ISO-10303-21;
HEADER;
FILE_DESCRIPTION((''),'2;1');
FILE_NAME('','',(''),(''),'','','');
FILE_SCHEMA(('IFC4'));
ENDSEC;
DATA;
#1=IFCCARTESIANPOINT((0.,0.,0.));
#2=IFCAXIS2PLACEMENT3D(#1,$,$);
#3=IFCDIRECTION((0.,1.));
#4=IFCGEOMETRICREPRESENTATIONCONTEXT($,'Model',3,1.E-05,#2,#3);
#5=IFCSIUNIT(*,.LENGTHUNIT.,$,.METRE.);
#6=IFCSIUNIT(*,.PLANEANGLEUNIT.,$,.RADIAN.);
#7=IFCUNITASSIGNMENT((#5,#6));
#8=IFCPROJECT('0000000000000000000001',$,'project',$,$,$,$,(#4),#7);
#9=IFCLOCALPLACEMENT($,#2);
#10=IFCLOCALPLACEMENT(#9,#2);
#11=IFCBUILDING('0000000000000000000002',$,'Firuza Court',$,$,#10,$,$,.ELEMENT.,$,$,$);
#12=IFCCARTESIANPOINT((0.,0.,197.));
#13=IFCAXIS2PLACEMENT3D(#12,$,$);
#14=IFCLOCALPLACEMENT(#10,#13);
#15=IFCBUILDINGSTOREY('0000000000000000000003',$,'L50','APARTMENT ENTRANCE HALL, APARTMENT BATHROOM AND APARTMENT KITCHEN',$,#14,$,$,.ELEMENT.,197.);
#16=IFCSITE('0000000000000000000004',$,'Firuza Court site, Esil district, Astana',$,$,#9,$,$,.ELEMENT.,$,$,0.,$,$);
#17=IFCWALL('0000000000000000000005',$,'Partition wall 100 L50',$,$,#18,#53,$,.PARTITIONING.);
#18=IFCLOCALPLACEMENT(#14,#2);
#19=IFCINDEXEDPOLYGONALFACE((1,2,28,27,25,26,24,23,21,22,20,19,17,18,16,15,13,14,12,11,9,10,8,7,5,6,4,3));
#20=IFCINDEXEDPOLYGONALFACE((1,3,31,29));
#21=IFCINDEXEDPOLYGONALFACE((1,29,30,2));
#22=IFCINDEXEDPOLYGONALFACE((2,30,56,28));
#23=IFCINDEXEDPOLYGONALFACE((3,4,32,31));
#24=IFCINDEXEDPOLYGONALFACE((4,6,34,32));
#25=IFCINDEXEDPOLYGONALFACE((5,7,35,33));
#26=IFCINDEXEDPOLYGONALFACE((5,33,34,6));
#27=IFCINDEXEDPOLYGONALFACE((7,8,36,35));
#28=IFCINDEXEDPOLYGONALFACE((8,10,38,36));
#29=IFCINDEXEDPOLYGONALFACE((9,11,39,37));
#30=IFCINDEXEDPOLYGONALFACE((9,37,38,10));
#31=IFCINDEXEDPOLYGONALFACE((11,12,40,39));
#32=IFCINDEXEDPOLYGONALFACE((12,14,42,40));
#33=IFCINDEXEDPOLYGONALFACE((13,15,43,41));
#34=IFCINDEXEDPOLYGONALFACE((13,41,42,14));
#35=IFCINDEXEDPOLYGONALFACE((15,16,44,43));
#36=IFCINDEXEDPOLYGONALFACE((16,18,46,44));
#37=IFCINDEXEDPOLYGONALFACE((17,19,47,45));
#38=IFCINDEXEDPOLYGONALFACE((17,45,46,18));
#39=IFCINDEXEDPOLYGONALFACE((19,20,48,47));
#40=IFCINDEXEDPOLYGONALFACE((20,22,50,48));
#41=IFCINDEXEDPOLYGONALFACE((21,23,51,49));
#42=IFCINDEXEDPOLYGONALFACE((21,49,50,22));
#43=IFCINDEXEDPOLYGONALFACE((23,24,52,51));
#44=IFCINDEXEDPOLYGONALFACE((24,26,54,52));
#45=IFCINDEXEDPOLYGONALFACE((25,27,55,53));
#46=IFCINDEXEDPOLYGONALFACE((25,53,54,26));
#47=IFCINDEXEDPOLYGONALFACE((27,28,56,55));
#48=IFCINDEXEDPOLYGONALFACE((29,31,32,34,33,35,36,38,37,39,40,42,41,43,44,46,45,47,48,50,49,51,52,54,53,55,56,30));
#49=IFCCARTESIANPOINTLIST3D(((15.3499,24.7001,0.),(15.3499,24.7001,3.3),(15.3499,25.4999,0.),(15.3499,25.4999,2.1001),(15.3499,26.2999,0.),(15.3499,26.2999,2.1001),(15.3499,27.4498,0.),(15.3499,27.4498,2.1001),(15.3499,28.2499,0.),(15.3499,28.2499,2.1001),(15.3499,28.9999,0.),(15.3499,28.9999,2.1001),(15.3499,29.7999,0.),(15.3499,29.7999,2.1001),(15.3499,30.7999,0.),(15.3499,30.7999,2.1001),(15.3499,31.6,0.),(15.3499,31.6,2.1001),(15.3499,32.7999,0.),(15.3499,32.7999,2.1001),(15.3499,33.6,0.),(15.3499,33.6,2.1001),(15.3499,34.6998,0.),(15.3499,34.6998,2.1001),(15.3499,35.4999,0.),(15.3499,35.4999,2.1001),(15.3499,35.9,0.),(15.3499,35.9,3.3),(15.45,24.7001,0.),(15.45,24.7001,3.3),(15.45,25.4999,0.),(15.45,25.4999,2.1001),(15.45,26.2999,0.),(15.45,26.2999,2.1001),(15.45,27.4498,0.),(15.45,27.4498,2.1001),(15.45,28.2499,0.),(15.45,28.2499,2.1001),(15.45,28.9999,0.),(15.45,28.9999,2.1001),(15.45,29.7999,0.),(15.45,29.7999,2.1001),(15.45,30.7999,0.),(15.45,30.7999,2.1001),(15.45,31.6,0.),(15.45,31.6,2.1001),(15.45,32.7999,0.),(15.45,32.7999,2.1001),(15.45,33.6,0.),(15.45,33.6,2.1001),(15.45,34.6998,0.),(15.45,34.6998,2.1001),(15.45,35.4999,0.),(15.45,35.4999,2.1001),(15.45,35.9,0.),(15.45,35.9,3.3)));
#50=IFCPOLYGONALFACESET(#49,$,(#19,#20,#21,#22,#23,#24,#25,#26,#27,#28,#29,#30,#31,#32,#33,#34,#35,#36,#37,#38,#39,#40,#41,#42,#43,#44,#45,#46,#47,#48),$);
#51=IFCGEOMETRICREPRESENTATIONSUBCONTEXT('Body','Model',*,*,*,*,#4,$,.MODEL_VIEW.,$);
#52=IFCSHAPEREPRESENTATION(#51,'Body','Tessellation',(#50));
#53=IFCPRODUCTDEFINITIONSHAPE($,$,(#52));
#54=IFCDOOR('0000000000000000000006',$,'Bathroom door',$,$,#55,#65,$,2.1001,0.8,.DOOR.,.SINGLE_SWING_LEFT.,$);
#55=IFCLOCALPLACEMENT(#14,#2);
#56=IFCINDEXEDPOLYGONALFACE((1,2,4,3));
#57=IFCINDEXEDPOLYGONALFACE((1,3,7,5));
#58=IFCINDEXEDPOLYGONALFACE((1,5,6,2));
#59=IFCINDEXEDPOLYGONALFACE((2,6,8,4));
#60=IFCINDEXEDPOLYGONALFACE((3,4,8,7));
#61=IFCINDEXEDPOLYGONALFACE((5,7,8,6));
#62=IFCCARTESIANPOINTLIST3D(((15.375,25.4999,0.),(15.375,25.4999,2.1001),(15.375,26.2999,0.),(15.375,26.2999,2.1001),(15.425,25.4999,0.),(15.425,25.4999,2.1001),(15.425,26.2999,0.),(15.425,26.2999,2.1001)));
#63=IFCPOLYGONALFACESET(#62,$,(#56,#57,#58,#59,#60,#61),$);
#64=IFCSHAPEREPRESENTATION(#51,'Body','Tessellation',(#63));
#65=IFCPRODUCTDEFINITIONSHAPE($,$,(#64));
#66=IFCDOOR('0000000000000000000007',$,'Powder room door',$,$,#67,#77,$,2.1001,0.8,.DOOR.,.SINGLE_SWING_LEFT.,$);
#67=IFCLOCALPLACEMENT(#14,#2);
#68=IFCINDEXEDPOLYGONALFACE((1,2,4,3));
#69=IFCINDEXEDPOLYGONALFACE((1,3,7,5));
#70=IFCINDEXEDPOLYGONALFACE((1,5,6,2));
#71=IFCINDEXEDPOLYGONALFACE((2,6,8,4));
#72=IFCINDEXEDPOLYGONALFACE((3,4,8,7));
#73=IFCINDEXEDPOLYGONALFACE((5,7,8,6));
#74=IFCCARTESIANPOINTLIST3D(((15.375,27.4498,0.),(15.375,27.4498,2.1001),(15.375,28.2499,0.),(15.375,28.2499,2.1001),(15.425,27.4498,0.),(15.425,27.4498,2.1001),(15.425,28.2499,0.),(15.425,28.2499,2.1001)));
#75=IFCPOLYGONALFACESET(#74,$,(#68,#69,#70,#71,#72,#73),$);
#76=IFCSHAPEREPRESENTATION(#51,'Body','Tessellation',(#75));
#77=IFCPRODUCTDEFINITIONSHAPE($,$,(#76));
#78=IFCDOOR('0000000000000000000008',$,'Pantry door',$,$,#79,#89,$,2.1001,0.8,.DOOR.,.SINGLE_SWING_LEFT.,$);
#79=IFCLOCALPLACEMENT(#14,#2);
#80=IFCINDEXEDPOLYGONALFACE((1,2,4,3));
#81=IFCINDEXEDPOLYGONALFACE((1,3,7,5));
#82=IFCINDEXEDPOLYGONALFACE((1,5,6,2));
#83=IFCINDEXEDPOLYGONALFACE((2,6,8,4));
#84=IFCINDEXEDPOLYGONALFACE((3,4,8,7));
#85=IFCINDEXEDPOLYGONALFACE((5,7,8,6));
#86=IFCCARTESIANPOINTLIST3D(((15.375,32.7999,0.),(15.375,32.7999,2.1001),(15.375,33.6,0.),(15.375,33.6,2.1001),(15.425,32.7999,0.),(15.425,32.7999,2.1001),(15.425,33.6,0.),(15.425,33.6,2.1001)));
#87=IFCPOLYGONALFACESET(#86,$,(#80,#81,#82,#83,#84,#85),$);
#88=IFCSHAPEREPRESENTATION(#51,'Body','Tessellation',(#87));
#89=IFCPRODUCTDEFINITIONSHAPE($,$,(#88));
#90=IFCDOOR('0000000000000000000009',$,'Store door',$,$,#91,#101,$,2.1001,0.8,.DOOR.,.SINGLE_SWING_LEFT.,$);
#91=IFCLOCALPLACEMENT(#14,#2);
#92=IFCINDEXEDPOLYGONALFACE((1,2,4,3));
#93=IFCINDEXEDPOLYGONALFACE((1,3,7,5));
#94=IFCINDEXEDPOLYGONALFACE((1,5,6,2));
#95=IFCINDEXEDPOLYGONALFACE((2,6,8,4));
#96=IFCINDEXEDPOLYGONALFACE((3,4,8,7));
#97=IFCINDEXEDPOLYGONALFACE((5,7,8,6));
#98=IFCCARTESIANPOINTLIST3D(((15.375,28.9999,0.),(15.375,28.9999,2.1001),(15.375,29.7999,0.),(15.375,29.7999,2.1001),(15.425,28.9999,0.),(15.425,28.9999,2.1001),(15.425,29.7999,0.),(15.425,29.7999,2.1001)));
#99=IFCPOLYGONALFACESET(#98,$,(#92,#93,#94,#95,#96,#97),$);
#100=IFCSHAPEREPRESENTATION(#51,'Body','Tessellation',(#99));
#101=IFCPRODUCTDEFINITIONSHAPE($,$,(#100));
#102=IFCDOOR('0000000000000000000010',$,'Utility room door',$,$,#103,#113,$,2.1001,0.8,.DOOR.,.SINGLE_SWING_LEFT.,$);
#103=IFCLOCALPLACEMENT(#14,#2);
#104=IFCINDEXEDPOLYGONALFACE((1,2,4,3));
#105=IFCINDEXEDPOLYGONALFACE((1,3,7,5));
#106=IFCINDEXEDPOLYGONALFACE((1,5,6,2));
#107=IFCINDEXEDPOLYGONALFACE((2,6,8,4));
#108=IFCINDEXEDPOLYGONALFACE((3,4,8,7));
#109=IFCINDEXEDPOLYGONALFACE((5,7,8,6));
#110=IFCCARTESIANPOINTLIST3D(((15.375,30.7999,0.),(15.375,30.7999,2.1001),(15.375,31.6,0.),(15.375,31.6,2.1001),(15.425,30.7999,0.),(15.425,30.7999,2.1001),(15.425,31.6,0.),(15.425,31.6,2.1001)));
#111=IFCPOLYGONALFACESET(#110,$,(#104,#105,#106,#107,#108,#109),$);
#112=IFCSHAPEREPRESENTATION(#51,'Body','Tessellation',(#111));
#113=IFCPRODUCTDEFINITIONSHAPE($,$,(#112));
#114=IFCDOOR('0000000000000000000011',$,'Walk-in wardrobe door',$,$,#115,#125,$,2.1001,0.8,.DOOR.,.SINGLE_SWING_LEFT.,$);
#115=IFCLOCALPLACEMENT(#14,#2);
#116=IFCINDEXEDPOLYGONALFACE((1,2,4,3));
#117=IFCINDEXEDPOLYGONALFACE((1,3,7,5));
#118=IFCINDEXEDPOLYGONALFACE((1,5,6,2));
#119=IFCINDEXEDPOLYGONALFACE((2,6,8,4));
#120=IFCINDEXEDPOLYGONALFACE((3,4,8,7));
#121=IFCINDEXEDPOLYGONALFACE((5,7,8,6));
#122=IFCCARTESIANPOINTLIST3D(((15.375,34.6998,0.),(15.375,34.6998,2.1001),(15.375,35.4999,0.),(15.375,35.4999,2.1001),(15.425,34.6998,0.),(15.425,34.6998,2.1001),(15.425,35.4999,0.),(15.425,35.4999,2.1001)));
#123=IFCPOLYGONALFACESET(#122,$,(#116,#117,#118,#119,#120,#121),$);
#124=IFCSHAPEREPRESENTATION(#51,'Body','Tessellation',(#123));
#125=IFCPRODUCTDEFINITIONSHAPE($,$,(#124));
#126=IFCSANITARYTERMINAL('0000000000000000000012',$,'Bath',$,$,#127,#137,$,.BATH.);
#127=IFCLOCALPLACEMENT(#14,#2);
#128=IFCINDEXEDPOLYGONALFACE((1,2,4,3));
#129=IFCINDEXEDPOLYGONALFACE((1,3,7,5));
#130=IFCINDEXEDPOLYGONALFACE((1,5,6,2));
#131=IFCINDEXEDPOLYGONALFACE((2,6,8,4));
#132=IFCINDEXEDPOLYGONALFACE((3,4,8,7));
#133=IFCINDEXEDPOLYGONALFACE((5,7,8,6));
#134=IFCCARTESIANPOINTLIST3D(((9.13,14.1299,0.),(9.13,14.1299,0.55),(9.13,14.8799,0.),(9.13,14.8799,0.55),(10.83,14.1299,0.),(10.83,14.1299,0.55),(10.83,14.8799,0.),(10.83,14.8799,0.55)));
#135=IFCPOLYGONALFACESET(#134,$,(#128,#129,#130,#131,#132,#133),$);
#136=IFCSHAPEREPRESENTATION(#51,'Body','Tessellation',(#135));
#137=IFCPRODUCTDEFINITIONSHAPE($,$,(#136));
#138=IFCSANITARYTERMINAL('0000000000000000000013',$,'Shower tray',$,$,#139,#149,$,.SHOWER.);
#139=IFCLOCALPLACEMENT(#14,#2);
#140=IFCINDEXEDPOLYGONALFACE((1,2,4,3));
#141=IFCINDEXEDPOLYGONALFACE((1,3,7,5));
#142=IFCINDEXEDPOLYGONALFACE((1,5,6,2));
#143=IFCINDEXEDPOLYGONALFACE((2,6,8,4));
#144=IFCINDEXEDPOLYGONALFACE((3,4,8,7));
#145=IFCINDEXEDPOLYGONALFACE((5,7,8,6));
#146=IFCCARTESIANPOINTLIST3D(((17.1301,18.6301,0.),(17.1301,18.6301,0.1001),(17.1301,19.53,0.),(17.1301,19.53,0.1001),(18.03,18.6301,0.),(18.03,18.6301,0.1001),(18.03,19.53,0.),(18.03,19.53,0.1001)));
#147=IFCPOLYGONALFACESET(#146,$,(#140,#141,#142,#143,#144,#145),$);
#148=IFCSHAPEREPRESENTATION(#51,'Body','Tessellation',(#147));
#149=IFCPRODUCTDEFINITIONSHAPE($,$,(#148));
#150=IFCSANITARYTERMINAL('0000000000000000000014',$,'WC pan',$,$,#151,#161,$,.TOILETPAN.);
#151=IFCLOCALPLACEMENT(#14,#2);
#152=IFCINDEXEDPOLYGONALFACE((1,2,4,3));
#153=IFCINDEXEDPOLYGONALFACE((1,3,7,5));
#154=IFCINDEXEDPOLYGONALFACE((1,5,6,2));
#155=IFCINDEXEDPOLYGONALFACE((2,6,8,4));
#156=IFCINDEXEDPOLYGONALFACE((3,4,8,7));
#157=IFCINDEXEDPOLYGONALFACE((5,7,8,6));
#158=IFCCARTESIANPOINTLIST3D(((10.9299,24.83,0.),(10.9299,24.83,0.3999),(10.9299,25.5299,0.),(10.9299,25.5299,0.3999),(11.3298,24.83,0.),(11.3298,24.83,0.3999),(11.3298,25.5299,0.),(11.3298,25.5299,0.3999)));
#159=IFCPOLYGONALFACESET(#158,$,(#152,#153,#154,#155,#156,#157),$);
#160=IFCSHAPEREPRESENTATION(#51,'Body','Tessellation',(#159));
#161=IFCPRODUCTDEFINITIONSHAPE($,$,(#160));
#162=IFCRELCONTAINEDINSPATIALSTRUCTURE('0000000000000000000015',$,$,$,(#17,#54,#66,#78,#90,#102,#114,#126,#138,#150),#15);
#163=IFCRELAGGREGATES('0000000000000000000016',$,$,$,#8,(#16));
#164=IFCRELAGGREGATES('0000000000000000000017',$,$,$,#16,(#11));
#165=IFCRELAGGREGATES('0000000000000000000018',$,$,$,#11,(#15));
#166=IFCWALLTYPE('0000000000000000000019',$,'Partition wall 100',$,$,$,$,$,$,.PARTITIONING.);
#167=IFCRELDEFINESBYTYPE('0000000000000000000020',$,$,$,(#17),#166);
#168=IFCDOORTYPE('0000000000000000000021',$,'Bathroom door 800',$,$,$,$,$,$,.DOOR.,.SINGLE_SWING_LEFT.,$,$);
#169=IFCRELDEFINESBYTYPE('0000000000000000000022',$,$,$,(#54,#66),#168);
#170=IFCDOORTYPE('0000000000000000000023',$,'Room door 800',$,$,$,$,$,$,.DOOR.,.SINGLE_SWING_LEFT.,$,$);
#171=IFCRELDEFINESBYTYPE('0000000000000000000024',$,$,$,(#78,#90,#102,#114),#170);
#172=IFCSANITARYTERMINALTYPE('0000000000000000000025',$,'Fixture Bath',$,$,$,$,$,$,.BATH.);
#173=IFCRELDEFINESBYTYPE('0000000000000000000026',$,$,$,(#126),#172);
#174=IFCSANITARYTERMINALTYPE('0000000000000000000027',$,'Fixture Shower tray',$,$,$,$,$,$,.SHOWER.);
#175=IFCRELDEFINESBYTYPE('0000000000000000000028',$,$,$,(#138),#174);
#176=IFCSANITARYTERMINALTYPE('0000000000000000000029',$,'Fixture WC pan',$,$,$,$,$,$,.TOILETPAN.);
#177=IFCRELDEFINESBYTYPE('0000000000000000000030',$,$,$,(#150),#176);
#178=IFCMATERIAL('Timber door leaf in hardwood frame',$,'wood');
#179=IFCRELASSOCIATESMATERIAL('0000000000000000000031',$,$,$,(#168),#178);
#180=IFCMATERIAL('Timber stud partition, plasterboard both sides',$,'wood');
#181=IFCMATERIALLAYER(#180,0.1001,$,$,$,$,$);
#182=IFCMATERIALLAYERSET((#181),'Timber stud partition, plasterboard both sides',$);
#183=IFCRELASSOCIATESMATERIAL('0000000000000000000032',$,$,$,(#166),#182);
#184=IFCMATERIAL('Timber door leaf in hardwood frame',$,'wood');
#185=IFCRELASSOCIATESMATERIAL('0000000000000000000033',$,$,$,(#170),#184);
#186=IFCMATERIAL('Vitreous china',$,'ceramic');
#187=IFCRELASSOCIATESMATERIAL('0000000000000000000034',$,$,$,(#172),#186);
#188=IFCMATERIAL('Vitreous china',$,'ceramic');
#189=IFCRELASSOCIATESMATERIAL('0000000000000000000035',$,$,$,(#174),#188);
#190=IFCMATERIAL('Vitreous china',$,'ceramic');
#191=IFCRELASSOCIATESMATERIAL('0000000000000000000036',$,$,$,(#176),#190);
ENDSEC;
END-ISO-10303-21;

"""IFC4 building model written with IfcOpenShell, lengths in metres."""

from ifc_helpers import new_model, si_unit, direction, frame, frame_2d, origin, origin_2d, place, context, subcontext, project, spatial, rectangle, extrude, material, layer, layer_set, type_object, element, fill, save


model = new_model("IFC4")

# Units and contexts
model_context = context("Model", 3, precision=1e-05, world=origin(), true_north=direction((0.0, 1.0)))
body_context = subcontext(model_context, "Body", "Model", "MODEL_VIEW")
ifc_project = project(units=[si_unit("LENGTHUNIT", "METRE"), si_unit("PLANEANGLEUNIT", "RADIAN")], contexts=[model_context])

# Site, building, storey
site_placement = place(None, origin())
site = spatial("IfcSite", under=ifc_project, at=site_placement, Name="Firuza Court site, Esil district, Astana", CompositionType="ELEMENT", RefElevation=0.0)
building_placement = place(site_placement, origin())
building = spatial("IfcBuilding", under=site, at=building_placement, Name="Firuza Court", CompositionType="ELEMENT")
storey_placement = place(building_placement, frame((0.0, 0.0, 197.0)))
storey = spatial("IfcBuildingStorey", under=building, at=storey_placement, Name="L50", Description="APARTMENT ENTRANCE HALL, APARTMENT BATHROOM AND APARTMENT KITCHEN", CompositionType="ELEMENT", Elevation=197.0)

# Shared definitions
ifc_material_1 = material(Name="Timber door leaf in hardwood frame", Category="wood")
door_type_1 = type_object("IfcDoorType", Name="Bathroom door 800", OperationType="SINGLE_SWING_LEFT", PredefinedType="DOOR", material=ifc_material_1)
ifc_material_2 = material(Name="Timber stud partition, plasterboard both sides", Category="wood")
ifc_layer_1 = layer(ifc_material_2, 0.1001)
ifc_layer_set_1 = layer_set([ifc_layer_1], Name="Timber stud partition, plasterboard both sides")
wall_type_1 = type_object("IfcWallType", Name="Partition wall 100", PredefinedType="PARTITIONING", material=ifc_layer_set_1)

# Wall, openings, doors
wall_1_placement = place(storey_placement, frame((15.3999, 24.7, 0.0), z_axis=(0.0, 0.0, 1.0), x_axis=(0.0, 1.0, 0.0)))
wall_1 = element("IfcWall", 1, at=wall_1_placement, inside=storey, type_object=wall_type_1, Name="Partition wall 100 L50", PredefinedType="PARTITIONING", context=body_context, shape_type="SweptSolid", body=[
    extrude(rectangle(XDim=11.2, YDim=0.1001, at=frame_2d((5.6001, 0.0))), origin(), (0.0, 0.0, 1.0), 3.3),
])
opening_1_placement = place(wall_1_placement, frame((0.8, 0.0, 0.0)))
opening_1 = element("IfcOpeningElement", 2, at=opening_1_placement, cuts=wall_1, PredefinedType="OPENING", context=body_context, shape_type="SweptSolid", body=[
    extrude(rectangle(XDim=0.8, YDim=2.1001, at=frame_2d((0.3999, 1.05))), frame((0.0, 0.062, 0.0), z_axis=(0.0, -1.0, 0.0), x_axis=(1.0, 0.0, 0.0)), (0.0, 0.0, 1.0), 0.124),
])
opening_2_placement = place(wall_1_placement, frame((8.1001, 0.0, 0.0)))
opening_2 = element("IfcOpeningElement", 3, at=opening_2_placement, cuts=wall_1, PredefinedType="OPENING", context=body_context, shape_type="SweptSolid", body=[
    extrude(rectangle(XDim=0.8, YDim=2.1001, at=frame_2d((0.3999, 1.05))), frame((0.0, 0.062, 0.0), z_axis=(0.0, -1.0, 0.0), x_axis=(1.0, 0.0, 0.0)), (0.0, 0.0, 1.0), 0.124),
])
opening_3_placement = place(wall_1_placement, frame((4.3, 0.0, 0.0)))
opening_3 = element("IfcOpeningElement", 4, at=opening_3_placement, cuts=wall_1, PredefinedType="OPENING", context=body_context, shape_type="SweptSolid", body=[
    extrude(rectangle(XDim=0.8, YDim=2.1001, at=frame_2d((0.3999, 1.05))), frame((0.0, 0.062, 0.0), z_axis=(0.0, -1.0, 0.0), x_axis=(1.0, 0.0, 0.0)), (0.0, 0.0, 1.0), 0.124),
])
opening_4_placement = place(wall_1_placement, frame((6.1001, 0.0, 0.0)))
opening_4 = element("IfcOpeningElement", 5, at=opening_4_placement, cuts=wall_1, PredefinedType="OPENING", context=body_context, shape_type="SweptSolid", body=[
    extrude(rectangle(XDim=0.8, YDim=2.1001, at=frame_2d((0.3999, 1.05))), frame((0.0, 0.062, 0.0), z_axis=(0.0, -1.0, 0.0), x_axis=(1.0, 0.0, 0.0)), (0.0, 0.0, 1.0), 0.124),
])
opening_5_placement = place(wall_1_placement, frame((10.0, 0.0, 0.0)))
opening_5 = element("IfcOpeningElement", 6, at=opening_5_placement, cuts=wall_1, PredefinedType="OPENING", context=body_context, shape_type="SweptSolid", body=[
    extrude(rectangle(XDim=0.8, YDim=2.1001, at=frame_2d((0.3999, 1.05))), frame((0.0, 0.062, 0.0), z_axis=(0.0, -1.0, 0.0), x_axis=(1.0, 0.0, 0.0)), (0.0, 0.0, 1.0), 0.124),
])
opening_6_placement = place(wall_1_placement, frame((2.75, 0.0, 0.0)))
opening_6 = element("IfcOpeningElement", 7, at=opening_6_placement, cuts=wall_1, PredefinedType="OPENING", context=body_context, shape_type="SweptSolid", body=[
    extrude(rectangle(XDim=0.8, YDim=2.1001, at=frame_2d((0.3999, 1.05))), frame((0.0, 0.062, 0.0), z_axis=(0.0, -1.0, 0.0), x_axis=(1.0, 0.0, 0.0)), (0.0, 0.0, 1.0), 0.124),
])
door_1_placement = place(opening_1_placement, origin())
door_1 = element("IfcDoor", 8, at=door_1_placement, inside=storey, type_object=door_type_1, Name="Bathroom door", OperationType="SINGLE_SWING_LEFT", OverallHeight=2.1001, OverallWidth=0.8, PredefinedType="DOOR", context=body_context, shape_type="SweptSolid", body=[
    extrude(rectangle(XDim=0.8, YDim=2.1001, at=frame_2d((0.3999, 1.05))), frame((0.0, 0.0249, 0.0), z_axis=(0.0, -1.0, 0.0), x_axis=(1.0, 0.0, 0.0)), (0.0, 0.0, 1.0), 0.05),
])
fill(opening_1, door_1)
door_2_placement = place(opening_6_placement, origin())
door_2 = element("IfcDoor", 9, at=door_2_placement, inside=storey, type_object=door_type_1, Name="Powder room door", OperationType="SINGLE_SWING_LEFT", OverallHeight=2.1001, OverallWidth=0.8, PredefinedType="DOOR", context=body_context, shape_type="SweptSolid", body=[
    extrude(rectangle(XDim=0.8, YDim=2.1001, at=frame_2d((0.3999, 1.05))), frame((0.0, 0.0249, 0.0), z_axis=(0.0, -1.0, 0.0), x_axis=(1.0, 0.0, 0.0)), (0.0, 0.0, 1.0), 0.05),
])
fill(opening_6, door_2)
ifc_material_3 = material(Name="Timber door leaf in hardwood frame", Category="wood")
door_type_2 = type_object("IfcDoorType", Name="Room door 800", OperationType="SINGLE_SWING_LEFT", PredefinedType="DOOR", material=ifc_material_3)
door_3_placement = place(opening_2_placement, origin())
door_3 = element("IfcDoor", 10, at=door_3_placement, inside=storey, type_object=door_type_2, Name="Pantry door", OperationType="SINGLE_SWING_LEFT", OverallHeight=2.1001, OverallWidth=0.8, PredefinedType="DOOR", context=body_context, shape_type="SweptSolid", body=[
    extrude(rectangle(XDim=0.8, YDim=2.1001, at=frame_2d((0.3999, 1.05))), frame((0.0, 0.0249, 0.0), z_axis=(0.0, -1.0, 0.0), x_axis=(1.0, 0.0, 0.0)), (0.0, 0.0, 1.0), 0.05),
])
fill(opening_2, door_3)
door_4_placement = place(opening_3_placement, origin())
door_4 = element("IfcDoor", 11, at=door_4_placement, inside=storey, type_object=door_type_2, Name="Store door", OperationType="SINGLE_SWING_LEFT", OverallHeight=2.1001, OverallWidth=0.8, PredefinedType="DOOR", context=body_context, shape_type="SweptSolid", body=[
    extrude(rectangle(XDim=0.8, YDim=2.1001, at=frame_2d((0.3999, 1.05))), frame((0.0, 0.0249, 0.0), z_axis=(0.0, -1.0, 0.0), x_axis=(1.0, 0.0, 0.0)), (0.0, 0.0, 1.0), 0.05),
])
fill(opening_3, door_4)
door_5_placement = place(opening_4_placement, origin())
door_5 = element("IfcDoor", 12, at=door_5_placement, inside=storey, type_object=door_type_2, Name="Utility room door", OperationType="SINGLE_SWING_LEFT", OverallHeight=2.1001, OverallWidth=0.8, PredefinedType="DOOR", context=body_context, shape_type="SweptSolid", body=[
    extrude(rectangle(XDim=0.8, YDim=2.1001, at=frame_2d((0.3999, 1.05))), frame((0.0, 0.0249, 0.0), z_axis=(0.0, -1.0, 0.0), x_axis=(1.0, 0.0, 0.0)), (0.0, 0.0, 1.0), 0.05),
])
fill(opening_4, door_5)
door_6_placement = place(opening_5_placement, origin())
door_6 = element("IfcDoor", 13, at=door_6_placement, inside=storey, type_object=door_type_2, Name="Walk-in wardrobe door", OperationType="SINGLE_SWING_LEFT", OverallHeight=2.1001, OverallWidth=0.8, PredefinedType="DOOR", context=body_context, shape_type="SweptSolid", body=[
    extrude(rectangle(XDim=0.8, YDim=2.1001, at=frame_2d((0.3999, 1.05))), frame((0.0, 0.0249, 0.0), z_axis=(0.0, -1.0, 0.0), x_axis=(1.0, 0.0, 0.0)), (0.0, 0.0, 1.0), 0.05),
])
fill(opening_5, door_6)

# Sanitary terminals
ifc_material_4 = material(Name="Vitreous china", Category="ceramic")
sanitary_terminal_type_1 = type_object("IfcSanitaryTerminalType", Name="Fixture Bath", PredefinedType="BATH", material=ifc_material_4)
sanitary_terminal_1_placement = place(storey_placement, frame((9.98, 14.5049, 0.0), z_axis=(0.0, 0.0, 1.0), x_axis=(1.0, 0.0, 0.0)))
element("IfcSanitaryTerminal", 14, at=sanitary_terminal_1_placement, inside=storey, type_object=sanitary_terminal_type_1, Name="Bath", PredefinedType="BATH", context=body_context, shape_type="SweptSolid", body=[
    extrude(rectangle(XDim=1.7, YDim=0.75, at=origin_2d()), origin(), (0.0, 0.0, 1.0), 0.55),
])
ifc_material_5 = material(Name="Vitreous china", Category="ceramic")
sanitary_terminal_type_2 = type_object("IfcSanitaryTerminalType", Name="Fixture Shower tray", PredefinedType="SHOWER", material=ifc_material_5)
sanitary_terminal_2_placement = place(storey_placement, frame((17.5801, 19.0801, 0.0), z_axis=(0.0, 0.0, 1.0), x_axis=(1.0, 0.0, 0.0)))
element("IfcSanitaryTerminal", 15, at=sanitary_terminal_2_placement, inside=storey, type_object=sanitary_terminal_type_2, Name="Shower tray", PredefinedType="SHOWER", context=body_context, shape_type="SweptSolid", body=[
    extrude(rectangle(XDim=0.8999, YDim=0.8999, at=origin_2d()), origin(), (0.0, 0.0, 1.0), 0.1001),
])
ifc_material_6 = material(Name="Vitreous china", Category="ceramic")
sanitary_terminal_type_3 = type_object("IfcSanitaryTerminalType", Name="Fixture WC pan", PredefinedType="TOILETPAN", material=ifc_material_6)
for number, where, z_axis, x_axis, name in (
    (16, (11.1299, 25.1799, 0.0), (0.0, 0.0, 1.0), (1.0, 0.0, 0.0), "WC pan"),
):
    element("IfcSanitaryTerminal", number, at=place(storey_placement, frame(where, z_axis=z_axis, x_axis=x_axis)), inside=storey, type_object=sanitary_terminal_type_3, Name=name, PredefinedType="TOILETPAN", context=body_context, shape_type="SweptSolid", body=[
        extrude(rectangle(XDim=0.3999, YDim=0.7, at=origin_2d()), origin(), (0.0, 0.0, 1.0), 0.3999),
    ])

save(model, "model.ifc")
